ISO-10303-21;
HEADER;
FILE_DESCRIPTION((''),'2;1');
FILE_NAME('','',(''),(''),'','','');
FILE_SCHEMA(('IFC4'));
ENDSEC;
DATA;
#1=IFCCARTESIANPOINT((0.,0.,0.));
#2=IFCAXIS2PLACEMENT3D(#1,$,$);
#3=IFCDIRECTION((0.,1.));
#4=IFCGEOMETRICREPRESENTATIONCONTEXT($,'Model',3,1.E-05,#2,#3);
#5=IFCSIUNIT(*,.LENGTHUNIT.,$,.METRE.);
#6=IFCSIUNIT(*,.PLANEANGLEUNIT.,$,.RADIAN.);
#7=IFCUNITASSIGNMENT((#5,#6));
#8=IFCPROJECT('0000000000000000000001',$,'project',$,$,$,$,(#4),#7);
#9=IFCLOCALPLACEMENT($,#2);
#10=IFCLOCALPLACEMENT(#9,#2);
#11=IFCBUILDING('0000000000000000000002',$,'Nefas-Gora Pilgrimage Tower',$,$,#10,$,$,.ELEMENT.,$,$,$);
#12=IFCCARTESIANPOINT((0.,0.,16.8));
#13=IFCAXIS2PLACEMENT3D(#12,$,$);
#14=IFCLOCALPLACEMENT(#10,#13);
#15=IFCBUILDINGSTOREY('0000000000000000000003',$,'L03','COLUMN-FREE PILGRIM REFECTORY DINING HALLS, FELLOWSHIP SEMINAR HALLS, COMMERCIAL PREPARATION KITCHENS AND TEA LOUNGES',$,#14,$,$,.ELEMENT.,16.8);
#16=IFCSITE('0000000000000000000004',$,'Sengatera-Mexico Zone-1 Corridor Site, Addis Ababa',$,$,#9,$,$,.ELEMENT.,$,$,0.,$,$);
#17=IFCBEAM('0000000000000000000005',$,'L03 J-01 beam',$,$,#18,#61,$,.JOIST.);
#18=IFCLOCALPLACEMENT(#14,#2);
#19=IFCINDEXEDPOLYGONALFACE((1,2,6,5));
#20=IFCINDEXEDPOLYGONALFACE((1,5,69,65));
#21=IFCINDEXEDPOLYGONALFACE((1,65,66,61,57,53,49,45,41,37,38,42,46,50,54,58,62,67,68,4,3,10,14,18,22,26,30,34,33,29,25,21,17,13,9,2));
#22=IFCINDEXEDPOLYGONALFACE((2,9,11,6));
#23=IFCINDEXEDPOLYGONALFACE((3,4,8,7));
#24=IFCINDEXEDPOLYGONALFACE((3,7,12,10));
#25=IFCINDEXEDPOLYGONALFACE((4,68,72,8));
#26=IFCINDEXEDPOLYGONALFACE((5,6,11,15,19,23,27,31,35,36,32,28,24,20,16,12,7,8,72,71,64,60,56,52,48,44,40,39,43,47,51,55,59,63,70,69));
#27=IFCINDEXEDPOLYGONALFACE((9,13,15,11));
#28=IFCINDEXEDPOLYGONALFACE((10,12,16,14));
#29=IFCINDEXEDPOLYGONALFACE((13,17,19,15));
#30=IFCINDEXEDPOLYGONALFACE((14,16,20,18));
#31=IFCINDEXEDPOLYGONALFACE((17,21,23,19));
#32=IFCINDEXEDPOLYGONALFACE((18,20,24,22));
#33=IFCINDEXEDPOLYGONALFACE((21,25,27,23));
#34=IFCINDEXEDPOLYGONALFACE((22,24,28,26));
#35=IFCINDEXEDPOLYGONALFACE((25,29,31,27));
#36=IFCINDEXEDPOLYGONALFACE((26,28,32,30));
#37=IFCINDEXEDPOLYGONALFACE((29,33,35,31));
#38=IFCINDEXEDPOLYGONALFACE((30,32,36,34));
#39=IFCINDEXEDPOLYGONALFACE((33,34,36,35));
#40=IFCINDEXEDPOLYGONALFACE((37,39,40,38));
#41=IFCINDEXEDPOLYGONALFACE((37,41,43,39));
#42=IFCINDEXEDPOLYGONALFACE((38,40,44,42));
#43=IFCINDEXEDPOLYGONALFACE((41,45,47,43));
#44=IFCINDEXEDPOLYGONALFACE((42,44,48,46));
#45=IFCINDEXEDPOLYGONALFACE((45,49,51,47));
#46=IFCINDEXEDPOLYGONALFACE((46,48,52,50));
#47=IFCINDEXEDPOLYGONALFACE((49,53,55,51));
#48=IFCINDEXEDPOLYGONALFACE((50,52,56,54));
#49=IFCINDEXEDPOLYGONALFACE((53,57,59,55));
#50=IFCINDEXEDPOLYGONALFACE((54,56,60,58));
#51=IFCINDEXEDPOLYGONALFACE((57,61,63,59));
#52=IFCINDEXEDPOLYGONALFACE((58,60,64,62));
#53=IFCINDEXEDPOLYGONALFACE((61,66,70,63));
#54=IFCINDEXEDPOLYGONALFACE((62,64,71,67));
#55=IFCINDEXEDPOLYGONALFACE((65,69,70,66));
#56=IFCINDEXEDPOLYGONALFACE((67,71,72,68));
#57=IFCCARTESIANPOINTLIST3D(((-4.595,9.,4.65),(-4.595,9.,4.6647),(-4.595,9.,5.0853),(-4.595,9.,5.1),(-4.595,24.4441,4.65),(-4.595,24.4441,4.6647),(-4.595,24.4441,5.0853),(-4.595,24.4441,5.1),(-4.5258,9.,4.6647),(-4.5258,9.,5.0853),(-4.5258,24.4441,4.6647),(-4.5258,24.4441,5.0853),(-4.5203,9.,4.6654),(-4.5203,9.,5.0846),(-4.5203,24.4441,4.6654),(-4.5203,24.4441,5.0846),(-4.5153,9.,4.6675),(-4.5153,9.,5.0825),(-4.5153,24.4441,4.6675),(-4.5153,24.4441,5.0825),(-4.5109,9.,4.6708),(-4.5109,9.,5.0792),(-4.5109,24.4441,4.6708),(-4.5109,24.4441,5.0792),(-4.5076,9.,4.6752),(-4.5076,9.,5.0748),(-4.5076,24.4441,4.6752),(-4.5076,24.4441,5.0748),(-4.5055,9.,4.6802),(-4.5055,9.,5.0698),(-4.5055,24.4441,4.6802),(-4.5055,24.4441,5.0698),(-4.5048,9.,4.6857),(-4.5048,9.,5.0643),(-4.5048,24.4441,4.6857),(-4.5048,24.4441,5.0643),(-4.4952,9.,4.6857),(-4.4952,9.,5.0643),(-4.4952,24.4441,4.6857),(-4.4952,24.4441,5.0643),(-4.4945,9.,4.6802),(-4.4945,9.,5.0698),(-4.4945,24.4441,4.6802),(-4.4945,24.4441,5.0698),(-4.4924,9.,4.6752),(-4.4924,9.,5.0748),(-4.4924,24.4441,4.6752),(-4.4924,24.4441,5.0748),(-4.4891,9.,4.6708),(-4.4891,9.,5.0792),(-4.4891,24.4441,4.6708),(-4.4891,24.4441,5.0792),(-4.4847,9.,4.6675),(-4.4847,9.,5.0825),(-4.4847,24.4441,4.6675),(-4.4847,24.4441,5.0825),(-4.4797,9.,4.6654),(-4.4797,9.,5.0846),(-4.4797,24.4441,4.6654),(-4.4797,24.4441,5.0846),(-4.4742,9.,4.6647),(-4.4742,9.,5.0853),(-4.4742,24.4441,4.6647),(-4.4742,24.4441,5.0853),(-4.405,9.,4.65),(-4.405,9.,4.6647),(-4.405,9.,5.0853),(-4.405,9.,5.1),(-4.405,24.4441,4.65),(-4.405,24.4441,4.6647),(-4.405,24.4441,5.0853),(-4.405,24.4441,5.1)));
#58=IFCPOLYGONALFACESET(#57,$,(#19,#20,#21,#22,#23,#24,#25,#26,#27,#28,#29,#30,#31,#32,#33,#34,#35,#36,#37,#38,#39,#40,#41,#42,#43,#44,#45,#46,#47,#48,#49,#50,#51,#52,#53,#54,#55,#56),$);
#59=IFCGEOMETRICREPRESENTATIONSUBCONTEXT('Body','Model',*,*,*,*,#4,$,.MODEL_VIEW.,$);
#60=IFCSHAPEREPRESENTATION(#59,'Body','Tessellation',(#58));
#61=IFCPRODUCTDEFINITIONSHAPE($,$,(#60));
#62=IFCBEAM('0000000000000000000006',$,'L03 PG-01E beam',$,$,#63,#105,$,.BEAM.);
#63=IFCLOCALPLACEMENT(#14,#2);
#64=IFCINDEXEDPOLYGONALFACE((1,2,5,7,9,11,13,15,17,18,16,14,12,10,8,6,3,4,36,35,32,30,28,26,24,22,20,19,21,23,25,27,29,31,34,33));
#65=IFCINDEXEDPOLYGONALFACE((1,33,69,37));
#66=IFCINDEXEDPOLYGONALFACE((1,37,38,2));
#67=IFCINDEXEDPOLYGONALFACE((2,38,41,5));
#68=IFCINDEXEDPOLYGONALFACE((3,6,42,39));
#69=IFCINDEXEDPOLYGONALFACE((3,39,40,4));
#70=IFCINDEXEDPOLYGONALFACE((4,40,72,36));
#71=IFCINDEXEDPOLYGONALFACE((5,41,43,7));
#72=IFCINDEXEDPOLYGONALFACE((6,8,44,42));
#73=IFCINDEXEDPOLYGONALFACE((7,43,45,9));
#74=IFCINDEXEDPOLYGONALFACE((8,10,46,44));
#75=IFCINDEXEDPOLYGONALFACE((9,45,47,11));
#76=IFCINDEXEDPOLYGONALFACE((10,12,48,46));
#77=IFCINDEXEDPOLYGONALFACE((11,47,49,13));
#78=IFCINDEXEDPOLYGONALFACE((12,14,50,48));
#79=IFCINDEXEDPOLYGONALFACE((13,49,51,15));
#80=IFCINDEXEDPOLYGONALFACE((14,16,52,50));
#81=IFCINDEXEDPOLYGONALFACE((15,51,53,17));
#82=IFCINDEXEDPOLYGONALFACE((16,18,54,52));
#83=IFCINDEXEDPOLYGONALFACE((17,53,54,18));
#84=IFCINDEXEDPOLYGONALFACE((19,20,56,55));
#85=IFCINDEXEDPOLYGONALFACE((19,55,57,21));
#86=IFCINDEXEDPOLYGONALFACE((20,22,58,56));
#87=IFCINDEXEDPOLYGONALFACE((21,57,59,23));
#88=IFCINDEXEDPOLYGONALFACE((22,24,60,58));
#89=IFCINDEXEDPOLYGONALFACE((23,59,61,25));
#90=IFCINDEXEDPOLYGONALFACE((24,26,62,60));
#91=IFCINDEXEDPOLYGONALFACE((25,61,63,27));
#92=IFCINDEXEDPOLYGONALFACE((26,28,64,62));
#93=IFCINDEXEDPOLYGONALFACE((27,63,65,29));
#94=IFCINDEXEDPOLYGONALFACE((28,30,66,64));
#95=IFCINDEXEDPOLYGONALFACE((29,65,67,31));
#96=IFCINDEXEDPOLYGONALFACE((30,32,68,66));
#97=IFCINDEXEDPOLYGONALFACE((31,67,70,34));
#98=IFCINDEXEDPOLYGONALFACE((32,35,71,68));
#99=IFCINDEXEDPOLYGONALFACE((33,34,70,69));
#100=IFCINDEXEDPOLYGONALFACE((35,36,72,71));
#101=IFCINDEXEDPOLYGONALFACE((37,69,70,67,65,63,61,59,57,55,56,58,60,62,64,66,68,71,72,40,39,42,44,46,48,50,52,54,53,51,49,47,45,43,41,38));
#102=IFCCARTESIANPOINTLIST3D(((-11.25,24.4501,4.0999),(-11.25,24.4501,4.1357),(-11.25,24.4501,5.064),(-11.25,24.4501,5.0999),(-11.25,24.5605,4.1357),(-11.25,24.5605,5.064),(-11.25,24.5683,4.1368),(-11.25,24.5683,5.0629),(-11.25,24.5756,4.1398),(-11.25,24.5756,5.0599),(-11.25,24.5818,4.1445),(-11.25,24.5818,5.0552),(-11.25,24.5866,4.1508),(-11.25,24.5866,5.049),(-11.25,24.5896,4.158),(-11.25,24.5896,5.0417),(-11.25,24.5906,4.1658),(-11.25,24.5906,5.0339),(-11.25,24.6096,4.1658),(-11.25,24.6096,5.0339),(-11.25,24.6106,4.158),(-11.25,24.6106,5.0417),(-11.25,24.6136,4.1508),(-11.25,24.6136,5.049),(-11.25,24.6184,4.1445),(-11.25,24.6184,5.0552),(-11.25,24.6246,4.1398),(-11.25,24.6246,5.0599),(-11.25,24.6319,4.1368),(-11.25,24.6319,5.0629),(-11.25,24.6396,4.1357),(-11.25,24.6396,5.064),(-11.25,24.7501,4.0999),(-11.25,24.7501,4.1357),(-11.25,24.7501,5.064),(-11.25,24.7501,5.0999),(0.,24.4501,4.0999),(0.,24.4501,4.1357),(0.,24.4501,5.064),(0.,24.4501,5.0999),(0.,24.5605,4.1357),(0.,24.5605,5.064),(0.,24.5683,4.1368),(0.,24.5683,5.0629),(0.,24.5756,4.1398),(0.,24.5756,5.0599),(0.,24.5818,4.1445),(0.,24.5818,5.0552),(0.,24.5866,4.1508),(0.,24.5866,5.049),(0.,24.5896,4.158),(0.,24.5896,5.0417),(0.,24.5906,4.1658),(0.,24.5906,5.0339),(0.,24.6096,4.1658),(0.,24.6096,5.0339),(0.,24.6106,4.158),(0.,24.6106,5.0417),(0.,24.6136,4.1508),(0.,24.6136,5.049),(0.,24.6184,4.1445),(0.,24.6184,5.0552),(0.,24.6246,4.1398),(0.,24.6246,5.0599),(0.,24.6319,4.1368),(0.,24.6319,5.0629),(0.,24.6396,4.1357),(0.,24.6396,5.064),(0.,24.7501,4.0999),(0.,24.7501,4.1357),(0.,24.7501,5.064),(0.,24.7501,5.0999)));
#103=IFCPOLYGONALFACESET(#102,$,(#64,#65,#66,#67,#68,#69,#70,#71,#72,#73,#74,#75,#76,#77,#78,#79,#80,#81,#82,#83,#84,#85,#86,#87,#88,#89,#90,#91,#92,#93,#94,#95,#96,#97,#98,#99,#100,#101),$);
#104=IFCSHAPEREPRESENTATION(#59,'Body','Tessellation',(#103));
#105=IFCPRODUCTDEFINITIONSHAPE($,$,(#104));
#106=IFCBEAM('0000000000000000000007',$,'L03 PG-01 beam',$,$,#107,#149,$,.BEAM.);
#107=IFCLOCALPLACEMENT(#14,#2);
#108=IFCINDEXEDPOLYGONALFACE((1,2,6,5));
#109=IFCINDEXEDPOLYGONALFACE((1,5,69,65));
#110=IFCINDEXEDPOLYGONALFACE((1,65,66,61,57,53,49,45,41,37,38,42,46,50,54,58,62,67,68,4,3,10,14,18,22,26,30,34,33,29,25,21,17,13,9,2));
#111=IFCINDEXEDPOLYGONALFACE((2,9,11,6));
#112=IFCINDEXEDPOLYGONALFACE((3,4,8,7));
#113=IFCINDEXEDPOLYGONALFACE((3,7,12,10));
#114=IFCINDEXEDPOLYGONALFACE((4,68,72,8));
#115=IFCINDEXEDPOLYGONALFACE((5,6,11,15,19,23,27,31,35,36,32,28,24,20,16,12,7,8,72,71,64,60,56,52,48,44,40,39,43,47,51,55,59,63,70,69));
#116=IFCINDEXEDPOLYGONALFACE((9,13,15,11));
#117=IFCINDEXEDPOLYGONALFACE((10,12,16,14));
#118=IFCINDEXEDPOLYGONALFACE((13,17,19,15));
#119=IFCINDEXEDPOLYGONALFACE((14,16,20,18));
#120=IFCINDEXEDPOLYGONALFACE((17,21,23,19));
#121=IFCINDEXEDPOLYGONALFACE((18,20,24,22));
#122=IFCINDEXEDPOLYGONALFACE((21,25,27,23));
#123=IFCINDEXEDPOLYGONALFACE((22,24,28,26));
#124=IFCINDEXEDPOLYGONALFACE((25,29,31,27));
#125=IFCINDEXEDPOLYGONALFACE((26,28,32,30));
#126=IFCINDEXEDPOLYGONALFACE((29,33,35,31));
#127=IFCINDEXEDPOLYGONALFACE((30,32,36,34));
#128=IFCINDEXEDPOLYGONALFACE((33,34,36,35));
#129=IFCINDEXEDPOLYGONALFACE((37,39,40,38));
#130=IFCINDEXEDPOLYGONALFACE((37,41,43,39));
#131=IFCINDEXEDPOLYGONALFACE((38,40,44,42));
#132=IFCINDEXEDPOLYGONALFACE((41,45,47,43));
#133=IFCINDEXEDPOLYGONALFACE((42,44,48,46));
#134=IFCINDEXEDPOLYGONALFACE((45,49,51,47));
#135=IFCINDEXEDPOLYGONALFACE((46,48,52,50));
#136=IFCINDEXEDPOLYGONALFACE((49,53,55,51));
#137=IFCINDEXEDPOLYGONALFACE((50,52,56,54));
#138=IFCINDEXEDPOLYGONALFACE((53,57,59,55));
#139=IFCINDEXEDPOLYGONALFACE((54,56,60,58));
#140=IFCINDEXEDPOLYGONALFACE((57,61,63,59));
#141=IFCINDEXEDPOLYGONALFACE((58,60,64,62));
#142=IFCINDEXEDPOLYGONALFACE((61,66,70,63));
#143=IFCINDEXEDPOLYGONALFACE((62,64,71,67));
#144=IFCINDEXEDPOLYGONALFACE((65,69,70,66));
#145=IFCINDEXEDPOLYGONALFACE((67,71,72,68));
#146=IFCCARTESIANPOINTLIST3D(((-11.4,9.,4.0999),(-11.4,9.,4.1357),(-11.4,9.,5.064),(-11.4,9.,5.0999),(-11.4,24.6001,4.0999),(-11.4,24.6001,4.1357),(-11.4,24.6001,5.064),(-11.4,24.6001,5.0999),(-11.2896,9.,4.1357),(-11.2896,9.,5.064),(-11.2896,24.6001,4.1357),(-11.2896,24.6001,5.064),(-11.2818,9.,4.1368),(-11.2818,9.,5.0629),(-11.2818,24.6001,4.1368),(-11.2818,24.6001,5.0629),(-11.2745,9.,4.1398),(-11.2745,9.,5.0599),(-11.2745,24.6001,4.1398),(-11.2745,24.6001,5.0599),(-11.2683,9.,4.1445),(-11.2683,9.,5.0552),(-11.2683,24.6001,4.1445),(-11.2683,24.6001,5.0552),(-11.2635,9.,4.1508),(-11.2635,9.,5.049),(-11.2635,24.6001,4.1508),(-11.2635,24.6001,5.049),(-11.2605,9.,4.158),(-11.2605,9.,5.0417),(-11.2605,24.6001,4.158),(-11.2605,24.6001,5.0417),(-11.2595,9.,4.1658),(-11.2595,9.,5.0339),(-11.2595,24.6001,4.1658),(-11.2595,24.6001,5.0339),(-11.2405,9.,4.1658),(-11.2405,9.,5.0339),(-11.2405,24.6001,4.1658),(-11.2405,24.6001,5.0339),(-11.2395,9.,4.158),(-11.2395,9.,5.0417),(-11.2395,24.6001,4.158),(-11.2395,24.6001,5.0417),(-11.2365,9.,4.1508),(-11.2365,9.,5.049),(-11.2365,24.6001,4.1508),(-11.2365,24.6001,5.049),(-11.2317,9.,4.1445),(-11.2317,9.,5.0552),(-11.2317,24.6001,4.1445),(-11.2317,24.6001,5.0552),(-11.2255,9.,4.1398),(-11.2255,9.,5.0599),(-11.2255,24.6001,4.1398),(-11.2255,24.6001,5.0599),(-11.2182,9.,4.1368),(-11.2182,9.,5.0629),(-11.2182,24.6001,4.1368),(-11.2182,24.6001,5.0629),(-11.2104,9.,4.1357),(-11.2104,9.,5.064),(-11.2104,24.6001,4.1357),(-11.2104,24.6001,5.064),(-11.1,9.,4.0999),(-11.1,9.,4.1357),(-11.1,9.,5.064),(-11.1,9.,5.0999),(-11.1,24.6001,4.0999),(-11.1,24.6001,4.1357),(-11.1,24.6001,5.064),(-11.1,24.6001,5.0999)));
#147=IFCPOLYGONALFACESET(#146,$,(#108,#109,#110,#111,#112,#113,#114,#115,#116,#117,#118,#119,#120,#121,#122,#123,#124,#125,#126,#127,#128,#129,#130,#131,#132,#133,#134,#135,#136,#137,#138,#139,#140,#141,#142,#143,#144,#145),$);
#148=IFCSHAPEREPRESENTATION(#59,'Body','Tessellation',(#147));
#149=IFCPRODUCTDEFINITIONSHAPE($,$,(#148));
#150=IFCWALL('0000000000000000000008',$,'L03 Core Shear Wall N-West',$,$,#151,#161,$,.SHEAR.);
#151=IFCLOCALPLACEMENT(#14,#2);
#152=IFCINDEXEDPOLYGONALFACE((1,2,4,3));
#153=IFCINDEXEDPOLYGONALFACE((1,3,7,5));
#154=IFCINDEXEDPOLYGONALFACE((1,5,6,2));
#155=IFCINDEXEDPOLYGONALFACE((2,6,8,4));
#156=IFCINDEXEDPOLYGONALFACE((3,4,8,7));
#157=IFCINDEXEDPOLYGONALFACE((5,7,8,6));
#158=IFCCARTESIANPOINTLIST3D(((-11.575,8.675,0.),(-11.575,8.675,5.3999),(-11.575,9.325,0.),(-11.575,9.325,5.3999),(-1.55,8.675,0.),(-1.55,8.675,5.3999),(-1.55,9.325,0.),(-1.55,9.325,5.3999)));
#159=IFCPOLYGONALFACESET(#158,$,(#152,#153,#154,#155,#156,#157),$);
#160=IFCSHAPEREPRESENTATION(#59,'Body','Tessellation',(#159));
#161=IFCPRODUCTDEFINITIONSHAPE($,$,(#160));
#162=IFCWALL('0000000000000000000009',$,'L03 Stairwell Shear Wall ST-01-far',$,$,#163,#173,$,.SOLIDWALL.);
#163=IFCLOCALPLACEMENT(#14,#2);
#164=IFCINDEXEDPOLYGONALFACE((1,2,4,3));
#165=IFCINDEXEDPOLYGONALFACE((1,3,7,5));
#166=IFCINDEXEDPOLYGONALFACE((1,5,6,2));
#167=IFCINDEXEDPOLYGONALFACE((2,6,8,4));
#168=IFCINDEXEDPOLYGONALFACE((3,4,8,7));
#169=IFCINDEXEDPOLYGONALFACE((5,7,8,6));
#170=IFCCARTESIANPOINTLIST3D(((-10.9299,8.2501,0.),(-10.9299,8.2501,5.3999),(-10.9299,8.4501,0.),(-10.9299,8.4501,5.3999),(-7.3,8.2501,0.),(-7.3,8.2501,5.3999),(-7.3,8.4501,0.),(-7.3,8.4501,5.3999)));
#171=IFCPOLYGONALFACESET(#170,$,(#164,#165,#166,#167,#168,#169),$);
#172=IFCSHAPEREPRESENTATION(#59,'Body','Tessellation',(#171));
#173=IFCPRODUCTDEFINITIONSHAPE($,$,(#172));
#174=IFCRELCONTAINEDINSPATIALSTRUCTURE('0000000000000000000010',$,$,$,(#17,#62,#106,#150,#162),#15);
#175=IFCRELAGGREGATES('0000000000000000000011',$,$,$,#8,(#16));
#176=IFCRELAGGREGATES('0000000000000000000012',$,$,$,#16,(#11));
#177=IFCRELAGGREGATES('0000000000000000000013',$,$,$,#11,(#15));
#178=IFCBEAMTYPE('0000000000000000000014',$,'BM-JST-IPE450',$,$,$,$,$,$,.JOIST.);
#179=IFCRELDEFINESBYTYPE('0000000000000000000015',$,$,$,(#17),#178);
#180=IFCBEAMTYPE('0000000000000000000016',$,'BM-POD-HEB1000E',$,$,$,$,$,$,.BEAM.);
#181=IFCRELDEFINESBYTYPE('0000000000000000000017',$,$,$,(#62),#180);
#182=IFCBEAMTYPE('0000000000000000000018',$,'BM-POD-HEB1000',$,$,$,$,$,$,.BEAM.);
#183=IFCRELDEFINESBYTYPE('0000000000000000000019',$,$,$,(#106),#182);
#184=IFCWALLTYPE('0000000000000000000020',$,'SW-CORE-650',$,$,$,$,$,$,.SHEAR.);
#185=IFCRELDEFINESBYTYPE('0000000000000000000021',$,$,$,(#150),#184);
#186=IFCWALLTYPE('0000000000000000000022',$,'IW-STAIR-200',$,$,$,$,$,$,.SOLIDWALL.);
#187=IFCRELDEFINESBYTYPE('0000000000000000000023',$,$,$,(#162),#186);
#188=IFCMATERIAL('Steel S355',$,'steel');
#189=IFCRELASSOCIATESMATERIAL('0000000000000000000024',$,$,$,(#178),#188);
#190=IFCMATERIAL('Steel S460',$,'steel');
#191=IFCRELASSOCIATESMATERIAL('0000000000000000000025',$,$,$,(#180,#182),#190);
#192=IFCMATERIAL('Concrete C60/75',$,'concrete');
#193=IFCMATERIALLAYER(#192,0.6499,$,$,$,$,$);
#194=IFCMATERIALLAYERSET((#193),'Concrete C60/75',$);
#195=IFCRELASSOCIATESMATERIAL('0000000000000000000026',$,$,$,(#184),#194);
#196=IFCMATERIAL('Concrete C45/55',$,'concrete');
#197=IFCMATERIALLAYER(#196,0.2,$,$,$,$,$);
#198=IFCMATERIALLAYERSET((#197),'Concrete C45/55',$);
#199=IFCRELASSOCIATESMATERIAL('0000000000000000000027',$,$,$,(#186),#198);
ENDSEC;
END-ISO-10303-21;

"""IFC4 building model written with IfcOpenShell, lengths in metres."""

from ifc_helpers import new_model, si_unit, direction, frame, frame_2d, origin, origin_2d, place, context, subcontext, project, spatial, rectangle, i_section, extrude, source, transform, mapped, material, layer, layer_set, material_profile, profile_set, type_object, element, save


model = new_model("IFC4")

# Units and contexts
model_context = context("Model", 3, precision=1e-05, world=origin(), true_north=direction((0.0, 1.0)))
body_context = subcontext(model_context, "Body", "Model", "MODEL_VIEW")
ifc_project = project(units=[si_unit("LENGTHUNIT", "METRE"), si_unit("PLANEANGLEUNIT", "RADIAN")], contexts=[model_context])

# Site, building, storey
site_placement = place(None, origin())
site = spatial("IfcSite", under=ifc_project, at=site_placement, Name="Sengatera-Mexico Zone-1 Corridor Site, Addis Ababa", CompositionType="ELEMENT", RefElevation=0.0)
building_placement = place(site_placement, origin())
building = spatial("IfcBuilding", under=site, at=building_placement, Name="Nefas-Gora Pilgrimage Tower", CompositionType="ELEMENT")
storey_placement = place(building_placement, frame((0.0, 0.0, 16.8)))
storey = spatial("IfcBuildingStorey", under=building, at=storey_placement, Name="L03", Description="COLUMN-FREE PILGRIM REFECTORY DINING HALLS, FELLOWSHIP SEMINAR HALLS, COMMERCIAL PREPARATION KITCHENS AND TEA LOUNGES", CompositionType="ELEMENT", Elevation=16.8)

# Shared definitions
ifc_material_1 = material(Name="Steel S460", Category="steel")

# Beams
ifc_material_2 = material(Name="Concrete C60/75", Category="concrete")
ifc_material_3 = material(Name="Steel S355", Category="steel")
ifc_material_profile_1 = material_profile(ifc_material_3, i_section(OverallWidth=0.1899, OverallDepth=0.45, WebThickness=0.0095, FlangeThickness=0.0146, FilletRadius=0.021, at=origin_2d()), Name="IPE 450")
ifc_profile_set_1 = profile_set([ifc_material_profile_1], Name="Steel S355")
beam_type_1 = type_object("IfcBeamType", Name="BM-JST-IPE450", PredefinedType="JOIST", material=ifc_profile_set_1)
shared_shape_1 = source(origin(), body_context, "Body", "SweptSolid", [
    extrude(i_section(OverallWidth=0.1899, OverallDepth=0.45, WebThickness=0.0095, FlangeThickness=0.0146, FilletRadius=0.021, at=origin_2d()), origin(), (0.0, 0.0, 1.0), 15.4441),
])
beam_1_placement = place(storey_placement, frame((-4.5, 9.0, 4.875), z_axis=(0.0, 1.0, 0.0), x_axis=(-1.0, 0.0, 0.0)))
element("IfcBeam", 1, at=beam_1_placement, inside=storey, type_object=beam_type_1, Name="L03 J-01 beam", PredefinedType="JOIST", context=body_context, shape_type="MappedRepresentation", body=[
    mapped(shared_shape_1, transform((0.0, 0.0, 0.0), x_axis=(1.0, 0.0, 0.0), y_axis=(0.0, 1.0, 0.0), z_axis=(0.0, 0.0, 1.0), scale=1.0)),
])
ifc_material_profile_2 = material_profile(ifc_material_1, i_section(OverallWidth=0.3, OverallDepth=1.0, WebThickness=0.019, FlangeThickness=0.0359, FilletRadius=0.03, at=origin_2d()), Name="HEB 1000")
ifc_profile_set_2 = profile_set([ifc_material_profile_2], Name="Steel S460")
beam_type_2 = type_object("IfcBeamType", Name="BM-POD-HEB1000E", PredefinedType="BEAM", material=ifc_profile_set_2)
shared_shape_2 = source(origin(), body_context, "Body", "SweptSolid", [
    extrude(i_section(OverallWidth=0.3, OverallDepth=1.0, WebThickness=0.019, FlangeThickness=0.0359, FilletRadius=0.03, at=origin_2d()), origin(), (0.0, 0.0, 1.0), 11.25),
])
beam_2_placement = place(storey_placement, frame((-11.25, 24.6001, 4.5999), z_axis=(1.0, 0.0, 0.0), x_axis=(0.0, 1.0, 0.0)))
element("IfcBeam", 2, at=beam_2_placement, inside=storey, type_object=beam_type_2, Name="L03 PG-01E beam", PredefinedType="BEAM", context=body_context, shape_type="MappedRepresentation", body=[
    mapped(shared_shape_2, transform((0.0, 0.0, 0.0), x_axis=(1.0, 0.0, 0.0), y_axis=(0.0, 1.0, 0.0), z_axis=(0.0, 0.0, 1.0), scale=1.0)),
])
ifc_material_profile_3 = material_profile(ifc_material_1, i_section(OverallWidth=0.3, OverallDepth=1.0, WebThickness=0.019, FlangeThickness=0.0359, FilletRadius=0.03, at=origin_2d()), Name="HEB 1000")
ifc_profile_set_3 = profile_set([ifc_material_profile_3], Name="Steel S460")
beam_type_3 = type_object("IfcBeamType", Name="BM-POD-HEB1000", PredefinedType="BEAM", material=ifc_profile_set_3)
shared_shape_3 = source(origin(), body_context, "Body", "SweptSolid", [
    extrude(i_section(OverallWidth=0.3, OverallDepth=1.0, WebThickness=0.019, FlangeThickness=0.0359, FilletRadius=0.03, at=origin_2d()), origin(), (0.0, 0.0, 1.0), 15.6001),
])
beam_3_placement = place(storey_placement, frame((-11.25, 9.0, 4.5999), z_axis=(0.0, 1.0, 0.0), x_axis=(-1.0, 0.0, 0.0)))
element("IfcBeam", 3, at=beam_3_placement, inside=storey, type_object=beam_type_3, Name="L03 PG-01 beam", PredefinedType="BEAM", context=body_context, shape_type="MappedRepresentation", body=[
    mapped(shared_shape_3, transform((0.0, 0.0, 0.0), x_axis=(1.0, 0.0, 0.0), y_axis=(0.0, 1.0, 0.0), z_axis=(0.0, 0.0, 1.0), scale=1.0)),
])

# Walls
ifc_layer_1 = layer(ifc_material_2, 0.6499)
ifc_layer_set_1 = layer_set([ifc_layer_1], Name="Concrete C60/75")
wall_type_1 = type_object("IfcWallType", Name="SW-CORE-650", PredefinedType="SHEAR", material=ifc_layer_set_1)
shared_shape_4 = source(origin(), body_context, "Body", "SweptSolid", [
    extrude(rectangle(XDim=10.0249, YDim=0.6499, at=frame_2d((5.0125, 0.0))), origin(), (0.0, 0.0, 1.0), 5.3999),
])
wall_1_placement = place(storey_placement, frame((-11.575, 9.0, 0.0), z_axis=(0.0, 0.0, 1.0), x_axis=(1.0, 0.0, 0.0)))
element("IfcWall", 4, at=wall_1_placement, inside=storey, type_object=wall_type_1, Name="L03 Core Shear Wall N-West", PredefinedType="SHEAR", context=body_context, shape_type="MappedRepresentation", body=[
    mapped(shared_shape_4, transform((0.0, 0.0, 0.0), x_axis=(1.0, 0.0, 0.0), y_axis=(0.0, 1.0, 0.0), z_axis=(0.0, 0.0, 1.0), scale=1.0)),
])
ifc_material_4 = material(Name="Concrete C45/55", Category="concrete")
ifc_layer_2 = layer(ifc_material_4, 0.2)
ifc_layer_set_2 = layer_set([ifc_layer_2], Name="Concrete C45/55")
wall_type_2 = type_object("IfcWallType", Name="IW-STAIR-200", PredefinedType="SOLIDWALL", material=ifc_layer_set_2)
shared_shape_5 = source(origin(), body_context, "Body", "SweptSolid", [
    extrude(rectangle(XDim=3.6299, YDim=0.2, at=frame_2d((1.8149, 0.0))), origin(), (0.0, 0.0, 1.0), 5.3999),
])
wall_2_placement = place(storey_placement, frame((-7.3, 8.3501, 0.0), z_axis=(0.0, 0.0, 1.0), x_axis=(-1.0, 0.0, 0.0)))
element("IfcWall", 5, at=wall_2_placement, inside=storey, type_object=wall_type_2, Name="L03 Stairwell Shear Wall ST-01-far", PredefinedType="SOLIDWALL", context=body_context, shape_type="MappedRepresentation", body=[
    mapped(shared_shape_5, transform((0.0, 0.0, 0.0), x_axis=(1.0, 0.0, 0.0), y_axis=(0.0, 1.0, 0.0), z_axis=(0.0, 0.0, 1.0), scale=1.0)),
])

save(model, "model.ifc")
